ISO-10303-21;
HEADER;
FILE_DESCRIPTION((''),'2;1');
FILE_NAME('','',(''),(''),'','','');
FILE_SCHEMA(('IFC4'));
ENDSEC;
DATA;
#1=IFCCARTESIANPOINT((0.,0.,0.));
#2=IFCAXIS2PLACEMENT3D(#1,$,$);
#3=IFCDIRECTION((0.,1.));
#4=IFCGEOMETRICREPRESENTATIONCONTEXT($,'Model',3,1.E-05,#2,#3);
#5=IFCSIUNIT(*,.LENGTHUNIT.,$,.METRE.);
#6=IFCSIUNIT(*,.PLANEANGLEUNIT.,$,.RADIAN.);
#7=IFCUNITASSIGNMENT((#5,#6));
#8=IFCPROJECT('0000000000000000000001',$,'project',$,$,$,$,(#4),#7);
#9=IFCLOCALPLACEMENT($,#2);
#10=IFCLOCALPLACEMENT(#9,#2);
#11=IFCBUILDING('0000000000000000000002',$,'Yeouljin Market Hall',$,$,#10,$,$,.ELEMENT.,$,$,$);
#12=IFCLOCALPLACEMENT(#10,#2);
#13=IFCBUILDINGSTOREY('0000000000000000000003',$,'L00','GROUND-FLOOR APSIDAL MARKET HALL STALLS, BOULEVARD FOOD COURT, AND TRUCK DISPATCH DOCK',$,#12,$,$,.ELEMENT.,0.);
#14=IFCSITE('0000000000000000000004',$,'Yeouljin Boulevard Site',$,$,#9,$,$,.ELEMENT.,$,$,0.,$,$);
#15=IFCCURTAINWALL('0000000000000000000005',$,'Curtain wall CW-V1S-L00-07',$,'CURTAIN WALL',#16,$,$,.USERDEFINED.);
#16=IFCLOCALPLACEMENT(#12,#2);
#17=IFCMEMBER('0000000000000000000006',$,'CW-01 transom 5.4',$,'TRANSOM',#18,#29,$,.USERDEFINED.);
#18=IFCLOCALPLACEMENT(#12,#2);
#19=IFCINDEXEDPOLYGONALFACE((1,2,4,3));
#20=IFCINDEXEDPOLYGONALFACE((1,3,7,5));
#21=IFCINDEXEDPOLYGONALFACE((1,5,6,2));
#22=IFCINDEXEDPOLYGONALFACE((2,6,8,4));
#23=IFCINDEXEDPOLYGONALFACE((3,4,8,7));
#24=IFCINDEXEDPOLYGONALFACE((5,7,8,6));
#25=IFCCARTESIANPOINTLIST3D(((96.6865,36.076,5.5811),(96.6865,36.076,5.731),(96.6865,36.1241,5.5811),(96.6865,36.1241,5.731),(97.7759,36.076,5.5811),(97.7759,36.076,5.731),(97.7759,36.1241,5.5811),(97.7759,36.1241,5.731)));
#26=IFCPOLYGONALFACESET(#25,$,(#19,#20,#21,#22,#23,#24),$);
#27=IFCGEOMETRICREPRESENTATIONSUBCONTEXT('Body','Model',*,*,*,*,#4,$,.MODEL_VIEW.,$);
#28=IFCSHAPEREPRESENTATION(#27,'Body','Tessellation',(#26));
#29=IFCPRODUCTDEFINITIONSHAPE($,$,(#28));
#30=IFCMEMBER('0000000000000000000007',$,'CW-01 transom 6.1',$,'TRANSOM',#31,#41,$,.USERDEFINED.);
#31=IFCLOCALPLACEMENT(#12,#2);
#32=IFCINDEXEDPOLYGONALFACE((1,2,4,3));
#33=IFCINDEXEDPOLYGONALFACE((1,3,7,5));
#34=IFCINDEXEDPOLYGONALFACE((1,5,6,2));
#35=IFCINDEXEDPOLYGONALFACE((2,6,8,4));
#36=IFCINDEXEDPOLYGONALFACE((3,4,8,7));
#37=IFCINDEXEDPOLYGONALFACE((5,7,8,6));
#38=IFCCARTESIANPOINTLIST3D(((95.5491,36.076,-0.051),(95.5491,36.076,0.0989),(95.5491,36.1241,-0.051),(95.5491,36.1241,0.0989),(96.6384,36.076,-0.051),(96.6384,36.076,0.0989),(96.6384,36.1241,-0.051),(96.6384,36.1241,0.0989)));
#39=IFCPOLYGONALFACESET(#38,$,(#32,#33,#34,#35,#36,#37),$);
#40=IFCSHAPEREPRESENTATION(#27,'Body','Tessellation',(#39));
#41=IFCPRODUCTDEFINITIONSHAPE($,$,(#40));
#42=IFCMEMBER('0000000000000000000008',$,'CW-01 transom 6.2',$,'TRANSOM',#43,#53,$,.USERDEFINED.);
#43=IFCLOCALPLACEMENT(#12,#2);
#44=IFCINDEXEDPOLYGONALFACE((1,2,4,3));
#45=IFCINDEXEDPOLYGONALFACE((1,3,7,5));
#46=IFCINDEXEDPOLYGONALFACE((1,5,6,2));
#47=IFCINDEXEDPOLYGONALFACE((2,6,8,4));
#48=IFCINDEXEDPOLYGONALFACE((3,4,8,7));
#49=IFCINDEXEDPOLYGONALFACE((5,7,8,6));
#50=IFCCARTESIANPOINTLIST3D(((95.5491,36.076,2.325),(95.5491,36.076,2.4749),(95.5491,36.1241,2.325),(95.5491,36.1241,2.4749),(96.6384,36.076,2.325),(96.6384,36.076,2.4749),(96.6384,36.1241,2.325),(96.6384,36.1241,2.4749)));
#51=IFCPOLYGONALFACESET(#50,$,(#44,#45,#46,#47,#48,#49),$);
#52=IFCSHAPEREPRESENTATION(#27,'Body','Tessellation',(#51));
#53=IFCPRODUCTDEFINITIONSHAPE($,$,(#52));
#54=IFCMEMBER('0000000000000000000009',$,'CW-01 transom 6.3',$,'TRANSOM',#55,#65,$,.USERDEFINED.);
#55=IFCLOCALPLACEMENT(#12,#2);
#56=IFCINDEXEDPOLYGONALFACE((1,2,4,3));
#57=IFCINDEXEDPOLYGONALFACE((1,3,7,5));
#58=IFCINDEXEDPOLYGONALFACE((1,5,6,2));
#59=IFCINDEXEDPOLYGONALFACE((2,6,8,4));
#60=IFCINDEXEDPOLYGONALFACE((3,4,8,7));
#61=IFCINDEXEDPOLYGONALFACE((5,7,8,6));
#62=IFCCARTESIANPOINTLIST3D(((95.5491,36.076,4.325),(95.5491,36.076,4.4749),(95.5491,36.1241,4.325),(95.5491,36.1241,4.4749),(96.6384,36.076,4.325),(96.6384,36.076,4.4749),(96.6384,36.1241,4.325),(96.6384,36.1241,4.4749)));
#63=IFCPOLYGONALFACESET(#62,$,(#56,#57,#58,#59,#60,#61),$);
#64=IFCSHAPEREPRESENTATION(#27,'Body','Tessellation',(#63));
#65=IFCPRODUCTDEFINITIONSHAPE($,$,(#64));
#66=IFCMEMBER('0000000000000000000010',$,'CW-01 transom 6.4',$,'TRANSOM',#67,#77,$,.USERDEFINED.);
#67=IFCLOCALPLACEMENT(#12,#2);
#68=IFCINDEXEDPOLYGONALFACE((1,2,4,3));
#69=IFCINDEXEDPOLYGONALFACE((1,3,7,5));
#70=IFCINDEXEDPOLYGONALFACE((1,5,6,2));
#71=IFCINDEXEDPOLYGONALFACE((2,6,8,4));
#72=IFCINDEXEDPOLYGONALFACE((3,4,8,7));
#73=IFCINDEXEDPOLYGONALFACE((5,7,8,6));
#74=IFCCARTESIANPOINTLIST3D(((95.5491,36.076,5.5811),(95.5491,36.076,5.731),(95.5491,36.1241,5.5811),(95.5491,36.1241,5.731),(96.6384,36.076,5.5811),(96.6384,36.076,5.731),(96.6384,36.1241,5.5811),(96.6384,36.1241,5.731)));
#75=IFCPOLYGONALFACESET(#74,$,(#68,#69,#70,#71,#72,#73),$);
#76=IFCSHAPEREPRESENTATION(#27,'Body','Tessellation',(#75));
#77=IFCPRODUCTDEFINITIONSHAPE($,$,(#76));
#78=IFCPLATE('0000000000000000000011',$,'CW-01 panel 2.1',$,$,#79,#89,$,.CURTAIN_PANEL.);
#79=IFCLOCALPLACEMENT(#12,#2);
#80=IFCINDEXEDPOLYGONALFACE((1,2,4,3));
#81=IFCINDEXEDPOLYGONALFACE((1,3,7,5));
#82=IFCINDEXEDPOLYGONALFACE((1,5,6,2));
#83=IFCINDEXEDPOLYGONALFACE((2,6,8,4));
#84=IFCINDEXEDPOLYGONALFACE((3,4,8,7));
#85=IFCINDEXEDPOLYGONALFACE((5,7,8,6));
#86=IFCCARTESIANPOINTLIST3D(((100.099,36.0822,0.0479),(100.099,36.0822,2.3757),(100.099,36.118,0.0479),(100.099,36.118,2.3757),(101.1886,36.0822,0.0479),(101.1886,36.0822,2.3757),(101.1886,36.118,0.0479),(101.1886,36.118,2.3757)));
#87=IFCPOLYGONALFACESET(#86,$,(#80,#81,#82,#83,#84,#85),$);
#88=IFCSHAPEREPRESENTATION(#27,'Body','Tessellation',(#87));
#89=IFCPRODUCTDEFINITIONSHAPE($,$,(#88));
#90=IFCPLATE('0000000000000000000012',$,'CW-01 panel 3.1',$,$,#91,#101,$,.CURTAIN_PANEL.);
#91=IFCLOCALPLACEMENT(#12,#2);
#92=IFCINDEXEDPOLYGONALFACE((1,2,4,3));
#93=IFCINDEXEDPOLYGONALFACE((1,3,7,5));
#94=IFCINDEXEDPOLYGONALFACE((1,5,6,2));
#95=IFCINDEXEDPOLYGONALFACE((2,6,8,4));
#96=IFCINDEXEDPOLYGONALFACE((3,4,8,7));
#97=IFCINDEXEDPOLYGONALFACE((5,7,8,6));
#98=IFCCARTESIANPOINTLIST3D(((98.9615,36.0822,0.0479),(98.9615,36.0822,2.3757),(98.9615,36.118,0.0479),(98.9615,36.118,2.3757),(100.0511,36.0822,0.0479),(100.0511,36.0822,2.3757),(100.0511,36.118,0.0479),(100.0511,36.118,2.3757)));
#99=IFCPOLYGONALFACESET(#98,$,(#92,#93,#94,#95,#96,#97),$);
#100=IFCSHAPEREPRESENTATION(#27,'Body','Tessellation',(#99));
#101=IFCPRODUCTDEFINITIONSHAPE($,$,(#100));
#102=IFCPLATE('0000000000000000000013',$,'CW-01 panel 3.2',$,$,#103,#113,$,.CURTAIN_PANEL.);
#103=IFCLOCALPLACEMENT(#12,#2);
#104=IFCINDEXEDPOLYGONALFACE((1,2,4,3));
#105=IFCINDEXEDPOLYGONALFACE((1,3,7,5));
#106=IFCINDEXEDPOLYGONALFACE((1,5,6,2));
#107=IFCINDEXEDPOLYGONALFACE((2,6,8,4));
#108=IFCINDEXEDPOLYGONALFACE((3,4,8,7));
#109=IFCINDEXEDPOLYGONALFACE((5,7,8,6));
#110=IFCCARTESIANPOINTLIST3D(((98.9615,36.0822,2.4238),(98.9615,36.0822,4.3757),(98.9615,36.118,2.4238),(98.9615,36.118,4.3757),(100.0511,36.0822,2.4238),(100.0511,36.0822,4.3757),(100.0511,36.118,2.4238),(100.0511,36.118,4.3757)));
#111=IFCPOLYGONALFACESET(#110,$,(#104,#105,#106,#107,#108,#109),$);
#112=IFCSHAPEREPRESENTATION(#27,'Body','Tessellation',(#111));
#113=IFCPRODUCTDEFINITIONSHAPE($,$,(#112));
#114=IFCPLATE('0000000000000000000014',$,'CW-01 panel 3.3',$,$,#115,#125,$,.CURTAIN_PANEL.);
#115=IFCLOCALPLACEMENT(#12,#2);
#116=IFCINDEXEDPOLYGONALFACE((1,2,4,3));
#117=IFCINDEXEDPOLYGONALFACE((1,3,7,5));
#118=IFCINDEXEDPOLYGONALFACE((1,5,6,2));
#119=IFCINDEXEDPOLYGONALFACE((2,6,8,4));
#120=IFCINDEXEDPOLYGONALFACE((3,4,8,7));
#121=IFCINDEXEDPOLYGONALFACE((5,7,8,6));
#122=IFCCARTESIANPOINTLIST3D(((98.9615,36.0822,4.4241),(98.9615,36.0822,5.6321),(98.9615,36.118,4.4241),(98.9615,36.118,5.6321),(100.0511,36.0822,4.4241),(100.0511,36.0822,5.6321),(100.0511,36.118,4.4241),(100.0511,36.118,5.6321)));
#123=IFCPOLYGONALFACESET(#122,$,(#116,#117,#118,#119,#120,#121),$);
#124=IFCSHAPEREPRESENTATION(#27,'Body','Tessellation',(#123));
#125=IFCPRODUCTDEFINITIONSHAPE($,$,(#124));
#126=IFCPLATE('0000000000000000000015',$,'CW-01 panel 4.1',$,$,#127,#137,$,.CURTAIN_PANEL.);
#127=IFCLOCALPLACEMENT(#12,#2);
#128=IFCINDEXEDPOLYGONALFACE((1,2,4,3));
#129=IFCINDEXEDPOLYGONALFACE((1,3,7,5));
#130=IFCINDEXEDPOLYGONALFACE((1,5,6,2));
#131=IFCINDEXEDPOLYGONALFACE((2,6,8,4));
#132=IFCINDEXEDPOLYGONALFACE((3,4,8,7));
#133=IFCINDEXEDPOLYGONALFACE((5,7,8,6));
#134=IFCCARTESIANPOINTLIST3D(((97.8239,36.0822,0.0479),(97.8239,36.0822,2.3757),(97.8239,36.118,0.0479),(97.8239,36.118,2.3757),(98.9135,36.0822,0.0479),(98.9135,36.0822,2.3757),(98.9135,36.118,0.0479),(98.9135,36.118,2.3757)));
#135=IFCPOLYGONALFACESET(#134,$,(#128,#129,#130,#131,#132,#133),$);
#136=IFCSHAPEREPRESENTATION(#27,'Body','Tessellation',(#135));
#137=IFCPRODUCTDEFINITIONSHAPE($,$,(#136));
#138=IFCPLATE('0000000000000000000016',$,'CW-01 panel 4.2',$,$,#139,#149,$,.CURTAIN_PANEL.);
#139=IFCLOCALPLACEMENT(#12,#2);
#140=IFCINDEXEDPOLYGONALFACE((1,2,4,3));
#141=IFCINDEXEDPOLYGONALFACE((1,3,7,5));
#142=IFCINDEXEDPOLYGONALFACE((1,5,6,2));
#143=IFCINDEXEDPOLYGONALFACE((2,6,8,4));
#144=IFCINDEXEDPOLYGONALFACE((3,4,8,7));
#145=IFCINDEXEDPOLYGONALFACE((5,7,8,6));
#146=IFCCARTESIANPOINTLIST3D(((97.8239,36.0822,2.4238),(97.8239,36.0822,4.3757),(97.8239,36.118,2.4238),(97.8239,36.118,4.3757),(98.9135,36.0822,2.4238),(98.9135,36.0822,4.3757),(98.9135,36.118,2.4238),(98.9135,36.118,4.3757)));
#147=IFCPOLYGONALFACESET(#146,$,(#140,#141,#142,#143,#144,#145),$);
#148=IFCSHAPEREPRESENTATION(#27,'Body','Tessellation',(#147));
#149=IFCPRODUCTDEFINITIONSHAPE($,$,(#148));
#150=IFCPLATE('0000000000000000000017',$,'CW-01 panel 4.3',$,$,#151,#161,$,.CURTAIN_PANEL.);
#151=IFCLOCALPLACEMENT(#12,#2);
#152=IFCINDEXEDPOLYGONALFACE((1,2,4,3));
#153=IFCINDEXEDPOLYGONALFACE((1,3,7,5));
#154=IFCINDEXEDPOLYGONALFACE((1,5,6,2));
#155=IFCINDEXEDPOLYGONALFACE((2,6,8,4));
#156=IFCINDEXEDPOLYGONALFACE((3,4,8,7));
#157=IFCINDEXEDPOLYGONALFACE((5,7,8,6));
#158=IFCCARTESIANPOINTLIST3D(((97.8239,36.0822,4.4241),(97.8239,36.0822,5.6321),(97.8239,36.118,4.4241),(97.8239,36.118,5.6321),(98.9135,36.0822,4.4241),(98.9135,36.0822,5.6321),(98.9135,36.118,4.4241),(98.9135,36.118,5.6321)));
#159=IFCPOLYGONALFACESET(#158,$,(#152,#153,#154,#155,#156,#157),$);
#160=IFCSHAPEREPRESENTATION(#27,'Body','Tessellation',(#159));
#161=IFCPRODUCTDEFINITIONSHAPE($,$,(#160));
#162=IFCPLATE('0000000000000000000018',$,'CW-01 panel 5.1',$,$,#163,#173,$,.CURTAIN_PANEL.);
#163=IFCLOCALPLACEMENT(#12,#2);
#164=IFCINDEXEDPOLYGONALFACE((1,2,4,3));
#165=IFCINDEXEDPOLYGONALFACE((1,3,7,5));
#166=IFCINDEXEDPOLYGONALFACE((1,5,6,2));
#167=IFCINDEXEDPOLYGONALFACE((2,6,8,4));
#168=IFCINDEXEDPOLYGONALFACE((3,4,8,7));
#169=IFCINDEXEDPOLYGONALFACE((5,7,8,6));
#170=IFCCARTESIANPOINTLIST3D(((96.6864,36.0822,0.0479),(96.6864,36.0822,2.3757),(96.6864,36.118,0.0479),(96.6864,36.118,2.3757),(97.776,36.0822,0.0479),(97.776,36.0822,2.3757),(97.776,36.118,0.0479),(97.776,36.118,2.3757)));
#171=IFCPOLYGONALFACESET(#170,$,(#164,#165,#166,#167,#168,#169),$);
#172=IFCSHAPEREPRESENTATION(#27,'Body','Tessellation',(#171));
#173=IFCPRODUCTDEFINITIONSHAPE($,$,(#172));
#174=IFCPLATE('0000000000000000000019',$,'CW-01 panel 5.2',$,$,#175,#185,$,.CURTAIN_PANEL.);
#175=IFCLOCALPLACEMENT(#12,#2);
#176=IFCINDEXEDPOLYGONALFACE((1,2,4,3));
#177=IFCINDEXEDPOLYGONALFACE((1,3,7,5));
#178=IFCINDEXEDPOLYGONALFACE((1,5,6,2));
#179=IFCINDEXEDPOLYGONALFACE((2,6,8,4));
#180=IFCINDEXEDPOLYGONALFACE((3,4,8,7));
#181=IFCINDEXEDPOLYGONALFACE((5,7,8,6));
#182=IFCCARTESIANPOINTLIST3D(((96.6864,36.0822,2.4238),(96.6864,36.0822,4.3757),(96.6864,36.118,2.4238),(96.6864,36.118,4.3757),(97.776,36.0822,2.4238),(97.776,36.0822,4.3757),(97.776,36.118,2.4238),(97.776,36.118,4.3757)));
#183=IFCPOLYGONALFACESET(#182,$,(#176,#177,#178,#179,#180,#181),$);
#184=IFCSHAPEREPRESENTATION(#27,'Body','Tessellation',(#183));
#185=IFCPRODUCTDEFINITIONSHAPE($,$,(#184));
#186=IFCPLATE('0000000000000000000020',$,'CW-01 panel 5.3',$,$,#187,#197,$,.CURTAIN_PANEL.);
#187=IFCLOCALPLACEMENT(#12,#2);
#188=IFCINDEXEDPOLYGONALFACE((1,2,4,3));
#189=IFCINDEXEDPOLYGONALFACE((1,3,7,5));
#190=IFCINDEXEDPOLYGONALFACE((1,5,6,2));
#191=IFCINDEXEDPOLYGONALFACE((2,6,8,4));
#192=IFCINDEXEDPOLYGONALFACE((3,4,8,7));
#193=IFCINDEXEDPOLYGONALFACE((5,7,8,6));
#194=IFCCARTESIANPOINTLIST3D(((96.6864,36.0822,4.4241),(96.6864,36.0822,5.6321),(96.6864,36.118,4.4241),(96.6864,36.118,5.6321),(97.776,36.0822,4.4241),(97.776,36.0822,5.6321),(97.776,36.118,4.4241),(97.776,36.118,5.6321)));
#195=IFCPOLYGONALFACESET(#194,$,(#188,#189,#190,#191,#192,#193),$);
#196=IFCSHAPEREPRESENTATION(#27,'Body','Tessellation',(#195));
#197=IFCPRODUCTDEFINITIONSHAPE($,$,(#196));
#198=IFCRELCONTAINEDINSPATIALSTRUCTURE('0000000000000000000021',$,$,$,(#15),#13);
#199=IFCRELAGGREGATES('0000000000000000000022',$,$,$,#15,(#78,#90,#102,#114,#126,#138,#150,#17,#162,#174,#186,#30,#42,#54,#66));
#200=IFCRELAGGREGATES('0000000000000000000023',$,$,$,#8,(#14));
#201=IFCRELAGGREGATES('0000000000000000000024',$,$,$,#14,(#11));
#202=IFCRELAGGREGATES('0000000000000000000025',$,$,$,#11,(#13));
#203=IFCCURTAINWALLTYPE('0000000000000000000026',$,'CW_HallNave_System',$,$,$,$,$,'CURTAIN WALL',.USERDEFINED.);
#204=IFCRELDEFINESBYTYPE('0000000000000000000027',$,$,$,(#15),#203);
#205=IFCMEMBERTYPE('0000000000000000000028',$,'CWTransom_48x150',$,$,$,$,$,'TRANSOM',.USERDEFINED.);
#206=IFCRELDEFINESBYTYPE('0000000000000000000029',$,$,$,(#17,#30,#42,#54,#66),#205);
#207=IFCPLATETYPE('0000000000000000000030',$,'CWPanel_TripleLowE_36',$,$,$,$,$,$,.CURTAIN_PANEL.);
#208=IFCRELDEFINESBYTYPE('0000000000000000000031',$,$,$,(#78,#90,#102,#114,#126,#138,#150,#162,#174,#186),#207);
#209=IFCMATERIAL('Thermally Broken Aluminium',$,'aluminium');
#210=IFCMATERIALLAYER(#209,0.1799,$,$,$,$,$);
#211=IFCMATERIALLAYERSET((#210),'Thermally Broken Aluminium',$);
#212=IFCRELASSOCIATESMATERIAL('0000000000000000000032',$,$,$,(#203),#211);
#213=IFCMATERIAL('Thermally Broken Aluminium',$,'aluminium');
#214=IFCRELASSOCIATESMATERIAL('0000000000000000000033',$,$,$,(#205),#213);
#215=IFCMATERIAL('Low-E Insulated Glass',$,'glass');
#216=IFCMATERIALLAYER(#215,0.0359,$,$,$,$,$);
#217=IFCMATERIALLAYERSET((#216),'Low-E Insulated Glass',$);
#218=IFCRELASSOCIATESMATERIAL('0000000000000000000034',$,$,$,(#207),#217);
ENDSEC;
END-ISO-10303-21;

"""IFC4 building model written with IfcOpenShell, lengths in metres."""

from ifc_helpers import new_model, si_unit, direction, frame, origin, origin_2d, place, context, subcontext, project, spatial, rectangle, extrude, material, layer, layer_set, material_profile, profile_set, type_object, element, aggregate, save


model = new_model("IFC4")

# Units and contexts
model_context = context("Model", 3, precision=1e-05, world=origin(), true_north=direction((0.0, 1.0)))
body_context = subcontext(model_context, "Body", "Model", "MODEL_VIEW")
ifc_project = project(units=[si_unit("LENGTHUNIT", "METRE"), si_unit("PLANEANGLEUNIT", "RADIAN")], contexts=[model_context])

# Site, building, storey
site_placement = place(None, origin())
site = spatial("IfcSite", under=ifc_project, at=site_placement, Name="Yeouljin Boulevard Site", CompositionType="ELEMENT", RefElevation=0.0)
building_placement = place(site_placement, origin())
building = spatial("IfcBuilding", under=site, at=building_placement, Name="Yeouljin Market Hall", CompositionType="ELEMENT")
storey_placement = place(building_placement, origin())
storey = spatial("IfcBuildingStorey", under=building, at=storey_placement, Name="L00", Description="GROUND-FLOOR APSIDAL MARKET HALL STALLS, BOULEVARD FOOD COURT, AND TRUCK DISPATCH DOCK", CompositionType="ELEMENT", Elevation=0.0)

# Curtain wall, members, plates
ifc_material_1 = material(Name="Thermally Broken Aluminium", Category="aluminium")
ifc_layer_1 = layer(ifc_material_1, 0.1799)
ifc_layer_set_1 = layer_set([ifc_layer_1], Name="Thermally Broken Aluminium")
curtain_wall_type = type_object("IfcCurtainWallType", Name="CW_HallNave_System", ElementType="CURTAIN WALL", PredefinedType="USERDEFINED", material=ifc_layer_set_1)
curtain_wall_placement = place(storey_placement, origin())
curtain_wall = element("IfcCurtainWall", 1, at=curtain_wall_placement, inside=storey, type_object=curtain_wall_type, Name="Curtain wall CW-V1S-L00-07", ObjectType="CURTAIN WALL", PredefinedType="USERDEFINED")
ifc_material_2 = material(Name="Thermally Broken Aluminium", Category="aluminium")
ifc_material_profile_1 = material_profile(ifc_material_2, rectangle(XDim=0.0481, YDim=0.1499, at=origin_2d()), Name="CW-TRAN-48x150")
ifc_profile_set_1 = profile_set([ifc_material_profile_1], Name="Thermally Broken Aluminium")
member_type_1 = type_object("IfcMemberType", Name="CWTransom_48x150", ElementType="TRANSOM", PredefinedType="USERDEFINED", material=ifc_profile_set_1)
member_1_placement = place(storey_placement, frame((97.7759, 36.1001, 5.656), z_axis=(-1.0, 0.0, 0.0), x_axis=(0.0, -1.0, 0.0)))
member_1 = element("IfcMember", 2, at=member_1_placement, type_object=member_type_1, Name="CW-01 transom 5.4", ObjectType="TRANSOM", PredefinedType="USERDEFINED", context=body_context, shape_type="SweptSolid", body=[
    extrude(rectangle(XDim=0.0481, YDim=0.1499, at=origin_2d()), origin(), (0.0, 0.0, 1.0), 1.0894),
])
member_2_placement = place(storey_placement, frame((96.6384, 36.1001, 0.0239), z_axis=(-1.0, 0.0, 0.0), x_axis=(0.0, -1.0, 0.0)))
member_2 = element("IfcMember", 3, at=member_2_placement, type_object=member_type_1, Name="CW-01 transom 6.1", ObjectType="TRANSOM", PredefinedType="USERDEFINED", context=body_context, shape_type="SweptSolid", body=[
    extrude(rectangle(XDim=0.0481, YDim=0.1499, at=origin_2d()), origin(), (0.0, 0.0, 1.0), 1.0894),
])
member_3_placement = place(storey_placement, frame((96.6384, 36.1001, 2.3999), z_axis=(-1.0, 0.0, 0.0), x_axis=(0.0, -1.0, 0.0)))
member_3 = element("IfcMember", 4, at=member_3_placement, type_object=member_type_1, Name="CW-01 transom 6.2", ObjectType="TRANSOM", PredefinedType="USERDEFINED", context=body_context, shape_type="SweptSolid", body=[
    extrude(rectangle(XDim=0.0481, YDim=0.1499, at=origin_2d()), origin(), (0.0, 0.0, 1.0), 1.0894),
])
member_4_placement = place(storey_placement, frame((96.6384, 36.1001, 4.3999), z_axis=(-1.0, 0.0, 0.0), x_axis=(0.0, -1.0, 0.0)))
member_4 = element("IfcMember", 5, at=member_4_placement, type_object=member_type_1, Name="CW-01 transom 6.3", ObjectType="TRANSOM", PredefinedType="USERDEFINED", context=body_context, shape_type="SweptSolid", body=[
    extrude(rectangle(XDim=0.0481, YDim=0.1499, at=origin_2d()), origin(), (0.0, 0.0, 1.0), 1.0894),
])
member_5_placement = place(storey_placement, frame((96.6384, 36.1001, 5.656), z_axis=(-1.0, 0.0, 0.0), x_axis=(0.0, -1.0, 0.0)))
member_5 = element("IfcMember", 6, at=member_5_placement, type_object=member_type_1, Name="CW-01 transom 6.4", ObjectType="TRANSOM", PredefinedType="USERDEFINED", context=body_context, shape_type="SweptSolid", body=[
    extrude(rectangle(XDim=0.0481, YDim=0.1499, at=origin_2d()), origin(), (0.0, 0.0, 1.0), 1.0894),
])
ifc_material_3 = material(Name="Low-E Insulated Glass", Category="glass")
ifc_layer_2 = layer(ifc_material_3, 0.0359)
ifc_layer_set_2 = layer_set([ifc_layer_2], Name="Low-E Insulated Glass")
plate_type = type_object("IfcPlateType", Name="CWPanel_TripleLowE_36", PredefinedType="CURTAIN_PANEL", material=ifc_layer_set_2)
plate_1_placement = place(storey_placement, frame((100.6438, 36.1001, 0.0479), z_axis=(0.0, 0.0, 1.0), x_axis=(-1.0, 0.0, 0.0)))
plate_1 = element("IfcPlate", 7, at=plate_1_placement, type_object=plate_type, Name="CW-01 panel 2.1", PredefinedType="CURTAIN_PANEL", context=body_context, shape_type="SweptSolid", body=[
    extrude(rectangle(XDim=1.0896, YDim=0.0359, at=origin_2d()), origin(), (0.0, 0.0, 1.0), 2.3279),
])
plate_2_placement = place(storey_placement, frame((99.5063, 36.1001, 0.0479), z_axis=(0.0, 0.0, 1.0), x_axis=(-1.0, 0.0, 0.0)))
plate_2 = element("IfcPlate", 8, at=plate_2_placement, type_object=plate_type, Name="CW-01 panel 3.1", PredefinedType="CURTAIN_PANEL", context=body_context, shape_type="SweptSolid", body=[
    extrude(rectangle(XDim=1.0896, YDim=0.0359, at=origin_2d()), origin(), (0.0, 0.0, 1.0), 2.3279),
])
plate_3_placement = place(storey_placement, frame((99.5063, 36.1001, 2.4238), z_axis=(0.0, 0.0, 1.0), x_axis=(-1.0, 0.0, 0.0)))
plate_3 = element("IfcPlate", 9, at=plate_3_placement, type_object=plate_type, Name="CW-01 panel 3.2", PredefinedType="CURTAIN_PANEL", context=body_context, shape_type="SweptSolid", body=[
    extrude(rectangle(XDim=1.0896, YDim=0.0359, at=origin_2d()), origin(), (0.0, 0.0, 1.0), 1.9519),
])
plate_4_placement = place(storey_placement, frame((99.5063, 36.1001, 4.4241), z_axis=(0.0, 0.0, 1.0), x_axis=(-1.0, 0.0, 0.0)))
plate_4 = element("IfcPlate", 10, at=plate_4_placement, type_object=plate_type, Name="CW-01 panel 3.3", PredefinedType="CURTAIN_PANEL", context=body_context, shape_type="SweptSolid", body=[
    extrude(rectangle(XDim=1.0896, YDim=0.0359, at=origin_2d()), origin(), (0.0, 0.0, 1.0), 1.208),
])
plate_5_placement = place(storey_placement, frame((98.3687, 36.1001, 0.0479), z_axis=(0.0, 0.0, 1.0), x_axis=(-1.0, 0.0, 0.0)))
plate_5 = element("IfcPlate", 11, at=plate_5_placement, type_object=plate_type, Name="CW-01 panel 4.1", PredefinedType="CURTAIN_PANEL", context=body_context, shape_type="SweptSolid", body=[
    extrude(rectangle(XDim=1.0896, YDim=0.0359, at=origin_2d()), origin(), (0.0, 0.0, 1.0), 2.3279),
])
plate_6_placement = place(storey_placement, frame((98.3687, 36.1001, 2.4238), z_axis=(0.0, 0.0, 1.0), x_axis=(-1.0, 0.0, 0.0)))
plate_6 = element("IfcPlate", 12, at=plate_6_placement, type_object=plate_type, Name="CW-01 panel 4.2", PredefinedType="CURTAIN_PANEL", context=body_context, shape_type="SweptSolid", body=[
    extrude(rectangle(XDim=1.0896, YDim=0.0359, at=origin_2d()), origin(), (0.0, 0.0, 1.0), 1.9519),
])
plate_7_placement = place(storey_placement, frame((98.3687, 36.1001, 4.4241), z_axis=(0.0, 0.0, 1.0), x_axis=(-1.0, 0.0, 0.0)))
plate_7 = element("IfcPlate", 13, at=plate_7_placement, type_object=plate_type, Name="CW-01 panel 4.3", PredefinedType="CURTAIN_PANEL", context=body_context, shape_type="SweptSolid", body=[
    extrude(rectangle(XDim=1.0896, YDim=0.0359, at=origin_2d()), origin(), (0.0, 0.0, 1.0), 1.208),
])
plate_8_placement = place(storey_placement, frame((97.2312, 36.1001, 0.0479), z_axis=(0.0, 0.0, 1.0), x_axis=(-1.0, 0.0, 0.0)))
plate_8 = element("IfcPlate", 14, at=plate_8_placement, type_object=plate_type, Name="CW-01 panel 5.1", PredefinedType="CURTAIN_PANEL", context=body_context, shape_type="SweptSolid", body=[
    extrude(rectangle(XDim=1.0896, YDim=0.0359, at=origin_2d()), origin(), (0.0, 0.0, 1.0), 2.3279),
])
plate_9_placement = place(storey_placement, frame((97.2312, 36.1001, 2.4238), z_axis=(0.0, 0.0, 1.0), x_axis=(-1.0, 0.0, 0.0)))
plate_9 = element("IfcPlate", 15, at=plate_9_placement, type_object=plate_type, Name="CW-01 panel 5.2", PredefinedType="CURTAIN_PANEL", context=body_context, shape_type="SweptSolid", body=[
    extrude(rectangle(XDim=1.0896, YDim=0.0359, at=origin_2d()), origin(), (0.0, 0.0, 1.0), 1.9519),
])
plate_10_placement = place(storey_placement, frame((97.2312, 36.1001, 4.4241), z_axis=(0.0, 0.0, 1.0), x_axis=(-1.0, 0.0, 0.0)))
plate_10 = element("IfcPlate", 16, at=plate_10_placement, type_object=plate_type, Name="CW-01 panel 5.3", PredefinedType="CURTAIN_PANEL", context=body_context, shape_type="SweptSolid", body=[
    extrude(rectangle(XDim=1.0896, YDim=0.0359, at=origin_2d()), origin(), (0.0, 0.0, 1.0), 1.208),
])
aggregate(curtain_wall, [plate_1, plate_2, plate_3, plate_4, plate_5, plate_6, plate_7, member_1, plate_8, plate_9, plate_10, member_2, member_3, member_4, member_5])

save(model, "model.ifc")
